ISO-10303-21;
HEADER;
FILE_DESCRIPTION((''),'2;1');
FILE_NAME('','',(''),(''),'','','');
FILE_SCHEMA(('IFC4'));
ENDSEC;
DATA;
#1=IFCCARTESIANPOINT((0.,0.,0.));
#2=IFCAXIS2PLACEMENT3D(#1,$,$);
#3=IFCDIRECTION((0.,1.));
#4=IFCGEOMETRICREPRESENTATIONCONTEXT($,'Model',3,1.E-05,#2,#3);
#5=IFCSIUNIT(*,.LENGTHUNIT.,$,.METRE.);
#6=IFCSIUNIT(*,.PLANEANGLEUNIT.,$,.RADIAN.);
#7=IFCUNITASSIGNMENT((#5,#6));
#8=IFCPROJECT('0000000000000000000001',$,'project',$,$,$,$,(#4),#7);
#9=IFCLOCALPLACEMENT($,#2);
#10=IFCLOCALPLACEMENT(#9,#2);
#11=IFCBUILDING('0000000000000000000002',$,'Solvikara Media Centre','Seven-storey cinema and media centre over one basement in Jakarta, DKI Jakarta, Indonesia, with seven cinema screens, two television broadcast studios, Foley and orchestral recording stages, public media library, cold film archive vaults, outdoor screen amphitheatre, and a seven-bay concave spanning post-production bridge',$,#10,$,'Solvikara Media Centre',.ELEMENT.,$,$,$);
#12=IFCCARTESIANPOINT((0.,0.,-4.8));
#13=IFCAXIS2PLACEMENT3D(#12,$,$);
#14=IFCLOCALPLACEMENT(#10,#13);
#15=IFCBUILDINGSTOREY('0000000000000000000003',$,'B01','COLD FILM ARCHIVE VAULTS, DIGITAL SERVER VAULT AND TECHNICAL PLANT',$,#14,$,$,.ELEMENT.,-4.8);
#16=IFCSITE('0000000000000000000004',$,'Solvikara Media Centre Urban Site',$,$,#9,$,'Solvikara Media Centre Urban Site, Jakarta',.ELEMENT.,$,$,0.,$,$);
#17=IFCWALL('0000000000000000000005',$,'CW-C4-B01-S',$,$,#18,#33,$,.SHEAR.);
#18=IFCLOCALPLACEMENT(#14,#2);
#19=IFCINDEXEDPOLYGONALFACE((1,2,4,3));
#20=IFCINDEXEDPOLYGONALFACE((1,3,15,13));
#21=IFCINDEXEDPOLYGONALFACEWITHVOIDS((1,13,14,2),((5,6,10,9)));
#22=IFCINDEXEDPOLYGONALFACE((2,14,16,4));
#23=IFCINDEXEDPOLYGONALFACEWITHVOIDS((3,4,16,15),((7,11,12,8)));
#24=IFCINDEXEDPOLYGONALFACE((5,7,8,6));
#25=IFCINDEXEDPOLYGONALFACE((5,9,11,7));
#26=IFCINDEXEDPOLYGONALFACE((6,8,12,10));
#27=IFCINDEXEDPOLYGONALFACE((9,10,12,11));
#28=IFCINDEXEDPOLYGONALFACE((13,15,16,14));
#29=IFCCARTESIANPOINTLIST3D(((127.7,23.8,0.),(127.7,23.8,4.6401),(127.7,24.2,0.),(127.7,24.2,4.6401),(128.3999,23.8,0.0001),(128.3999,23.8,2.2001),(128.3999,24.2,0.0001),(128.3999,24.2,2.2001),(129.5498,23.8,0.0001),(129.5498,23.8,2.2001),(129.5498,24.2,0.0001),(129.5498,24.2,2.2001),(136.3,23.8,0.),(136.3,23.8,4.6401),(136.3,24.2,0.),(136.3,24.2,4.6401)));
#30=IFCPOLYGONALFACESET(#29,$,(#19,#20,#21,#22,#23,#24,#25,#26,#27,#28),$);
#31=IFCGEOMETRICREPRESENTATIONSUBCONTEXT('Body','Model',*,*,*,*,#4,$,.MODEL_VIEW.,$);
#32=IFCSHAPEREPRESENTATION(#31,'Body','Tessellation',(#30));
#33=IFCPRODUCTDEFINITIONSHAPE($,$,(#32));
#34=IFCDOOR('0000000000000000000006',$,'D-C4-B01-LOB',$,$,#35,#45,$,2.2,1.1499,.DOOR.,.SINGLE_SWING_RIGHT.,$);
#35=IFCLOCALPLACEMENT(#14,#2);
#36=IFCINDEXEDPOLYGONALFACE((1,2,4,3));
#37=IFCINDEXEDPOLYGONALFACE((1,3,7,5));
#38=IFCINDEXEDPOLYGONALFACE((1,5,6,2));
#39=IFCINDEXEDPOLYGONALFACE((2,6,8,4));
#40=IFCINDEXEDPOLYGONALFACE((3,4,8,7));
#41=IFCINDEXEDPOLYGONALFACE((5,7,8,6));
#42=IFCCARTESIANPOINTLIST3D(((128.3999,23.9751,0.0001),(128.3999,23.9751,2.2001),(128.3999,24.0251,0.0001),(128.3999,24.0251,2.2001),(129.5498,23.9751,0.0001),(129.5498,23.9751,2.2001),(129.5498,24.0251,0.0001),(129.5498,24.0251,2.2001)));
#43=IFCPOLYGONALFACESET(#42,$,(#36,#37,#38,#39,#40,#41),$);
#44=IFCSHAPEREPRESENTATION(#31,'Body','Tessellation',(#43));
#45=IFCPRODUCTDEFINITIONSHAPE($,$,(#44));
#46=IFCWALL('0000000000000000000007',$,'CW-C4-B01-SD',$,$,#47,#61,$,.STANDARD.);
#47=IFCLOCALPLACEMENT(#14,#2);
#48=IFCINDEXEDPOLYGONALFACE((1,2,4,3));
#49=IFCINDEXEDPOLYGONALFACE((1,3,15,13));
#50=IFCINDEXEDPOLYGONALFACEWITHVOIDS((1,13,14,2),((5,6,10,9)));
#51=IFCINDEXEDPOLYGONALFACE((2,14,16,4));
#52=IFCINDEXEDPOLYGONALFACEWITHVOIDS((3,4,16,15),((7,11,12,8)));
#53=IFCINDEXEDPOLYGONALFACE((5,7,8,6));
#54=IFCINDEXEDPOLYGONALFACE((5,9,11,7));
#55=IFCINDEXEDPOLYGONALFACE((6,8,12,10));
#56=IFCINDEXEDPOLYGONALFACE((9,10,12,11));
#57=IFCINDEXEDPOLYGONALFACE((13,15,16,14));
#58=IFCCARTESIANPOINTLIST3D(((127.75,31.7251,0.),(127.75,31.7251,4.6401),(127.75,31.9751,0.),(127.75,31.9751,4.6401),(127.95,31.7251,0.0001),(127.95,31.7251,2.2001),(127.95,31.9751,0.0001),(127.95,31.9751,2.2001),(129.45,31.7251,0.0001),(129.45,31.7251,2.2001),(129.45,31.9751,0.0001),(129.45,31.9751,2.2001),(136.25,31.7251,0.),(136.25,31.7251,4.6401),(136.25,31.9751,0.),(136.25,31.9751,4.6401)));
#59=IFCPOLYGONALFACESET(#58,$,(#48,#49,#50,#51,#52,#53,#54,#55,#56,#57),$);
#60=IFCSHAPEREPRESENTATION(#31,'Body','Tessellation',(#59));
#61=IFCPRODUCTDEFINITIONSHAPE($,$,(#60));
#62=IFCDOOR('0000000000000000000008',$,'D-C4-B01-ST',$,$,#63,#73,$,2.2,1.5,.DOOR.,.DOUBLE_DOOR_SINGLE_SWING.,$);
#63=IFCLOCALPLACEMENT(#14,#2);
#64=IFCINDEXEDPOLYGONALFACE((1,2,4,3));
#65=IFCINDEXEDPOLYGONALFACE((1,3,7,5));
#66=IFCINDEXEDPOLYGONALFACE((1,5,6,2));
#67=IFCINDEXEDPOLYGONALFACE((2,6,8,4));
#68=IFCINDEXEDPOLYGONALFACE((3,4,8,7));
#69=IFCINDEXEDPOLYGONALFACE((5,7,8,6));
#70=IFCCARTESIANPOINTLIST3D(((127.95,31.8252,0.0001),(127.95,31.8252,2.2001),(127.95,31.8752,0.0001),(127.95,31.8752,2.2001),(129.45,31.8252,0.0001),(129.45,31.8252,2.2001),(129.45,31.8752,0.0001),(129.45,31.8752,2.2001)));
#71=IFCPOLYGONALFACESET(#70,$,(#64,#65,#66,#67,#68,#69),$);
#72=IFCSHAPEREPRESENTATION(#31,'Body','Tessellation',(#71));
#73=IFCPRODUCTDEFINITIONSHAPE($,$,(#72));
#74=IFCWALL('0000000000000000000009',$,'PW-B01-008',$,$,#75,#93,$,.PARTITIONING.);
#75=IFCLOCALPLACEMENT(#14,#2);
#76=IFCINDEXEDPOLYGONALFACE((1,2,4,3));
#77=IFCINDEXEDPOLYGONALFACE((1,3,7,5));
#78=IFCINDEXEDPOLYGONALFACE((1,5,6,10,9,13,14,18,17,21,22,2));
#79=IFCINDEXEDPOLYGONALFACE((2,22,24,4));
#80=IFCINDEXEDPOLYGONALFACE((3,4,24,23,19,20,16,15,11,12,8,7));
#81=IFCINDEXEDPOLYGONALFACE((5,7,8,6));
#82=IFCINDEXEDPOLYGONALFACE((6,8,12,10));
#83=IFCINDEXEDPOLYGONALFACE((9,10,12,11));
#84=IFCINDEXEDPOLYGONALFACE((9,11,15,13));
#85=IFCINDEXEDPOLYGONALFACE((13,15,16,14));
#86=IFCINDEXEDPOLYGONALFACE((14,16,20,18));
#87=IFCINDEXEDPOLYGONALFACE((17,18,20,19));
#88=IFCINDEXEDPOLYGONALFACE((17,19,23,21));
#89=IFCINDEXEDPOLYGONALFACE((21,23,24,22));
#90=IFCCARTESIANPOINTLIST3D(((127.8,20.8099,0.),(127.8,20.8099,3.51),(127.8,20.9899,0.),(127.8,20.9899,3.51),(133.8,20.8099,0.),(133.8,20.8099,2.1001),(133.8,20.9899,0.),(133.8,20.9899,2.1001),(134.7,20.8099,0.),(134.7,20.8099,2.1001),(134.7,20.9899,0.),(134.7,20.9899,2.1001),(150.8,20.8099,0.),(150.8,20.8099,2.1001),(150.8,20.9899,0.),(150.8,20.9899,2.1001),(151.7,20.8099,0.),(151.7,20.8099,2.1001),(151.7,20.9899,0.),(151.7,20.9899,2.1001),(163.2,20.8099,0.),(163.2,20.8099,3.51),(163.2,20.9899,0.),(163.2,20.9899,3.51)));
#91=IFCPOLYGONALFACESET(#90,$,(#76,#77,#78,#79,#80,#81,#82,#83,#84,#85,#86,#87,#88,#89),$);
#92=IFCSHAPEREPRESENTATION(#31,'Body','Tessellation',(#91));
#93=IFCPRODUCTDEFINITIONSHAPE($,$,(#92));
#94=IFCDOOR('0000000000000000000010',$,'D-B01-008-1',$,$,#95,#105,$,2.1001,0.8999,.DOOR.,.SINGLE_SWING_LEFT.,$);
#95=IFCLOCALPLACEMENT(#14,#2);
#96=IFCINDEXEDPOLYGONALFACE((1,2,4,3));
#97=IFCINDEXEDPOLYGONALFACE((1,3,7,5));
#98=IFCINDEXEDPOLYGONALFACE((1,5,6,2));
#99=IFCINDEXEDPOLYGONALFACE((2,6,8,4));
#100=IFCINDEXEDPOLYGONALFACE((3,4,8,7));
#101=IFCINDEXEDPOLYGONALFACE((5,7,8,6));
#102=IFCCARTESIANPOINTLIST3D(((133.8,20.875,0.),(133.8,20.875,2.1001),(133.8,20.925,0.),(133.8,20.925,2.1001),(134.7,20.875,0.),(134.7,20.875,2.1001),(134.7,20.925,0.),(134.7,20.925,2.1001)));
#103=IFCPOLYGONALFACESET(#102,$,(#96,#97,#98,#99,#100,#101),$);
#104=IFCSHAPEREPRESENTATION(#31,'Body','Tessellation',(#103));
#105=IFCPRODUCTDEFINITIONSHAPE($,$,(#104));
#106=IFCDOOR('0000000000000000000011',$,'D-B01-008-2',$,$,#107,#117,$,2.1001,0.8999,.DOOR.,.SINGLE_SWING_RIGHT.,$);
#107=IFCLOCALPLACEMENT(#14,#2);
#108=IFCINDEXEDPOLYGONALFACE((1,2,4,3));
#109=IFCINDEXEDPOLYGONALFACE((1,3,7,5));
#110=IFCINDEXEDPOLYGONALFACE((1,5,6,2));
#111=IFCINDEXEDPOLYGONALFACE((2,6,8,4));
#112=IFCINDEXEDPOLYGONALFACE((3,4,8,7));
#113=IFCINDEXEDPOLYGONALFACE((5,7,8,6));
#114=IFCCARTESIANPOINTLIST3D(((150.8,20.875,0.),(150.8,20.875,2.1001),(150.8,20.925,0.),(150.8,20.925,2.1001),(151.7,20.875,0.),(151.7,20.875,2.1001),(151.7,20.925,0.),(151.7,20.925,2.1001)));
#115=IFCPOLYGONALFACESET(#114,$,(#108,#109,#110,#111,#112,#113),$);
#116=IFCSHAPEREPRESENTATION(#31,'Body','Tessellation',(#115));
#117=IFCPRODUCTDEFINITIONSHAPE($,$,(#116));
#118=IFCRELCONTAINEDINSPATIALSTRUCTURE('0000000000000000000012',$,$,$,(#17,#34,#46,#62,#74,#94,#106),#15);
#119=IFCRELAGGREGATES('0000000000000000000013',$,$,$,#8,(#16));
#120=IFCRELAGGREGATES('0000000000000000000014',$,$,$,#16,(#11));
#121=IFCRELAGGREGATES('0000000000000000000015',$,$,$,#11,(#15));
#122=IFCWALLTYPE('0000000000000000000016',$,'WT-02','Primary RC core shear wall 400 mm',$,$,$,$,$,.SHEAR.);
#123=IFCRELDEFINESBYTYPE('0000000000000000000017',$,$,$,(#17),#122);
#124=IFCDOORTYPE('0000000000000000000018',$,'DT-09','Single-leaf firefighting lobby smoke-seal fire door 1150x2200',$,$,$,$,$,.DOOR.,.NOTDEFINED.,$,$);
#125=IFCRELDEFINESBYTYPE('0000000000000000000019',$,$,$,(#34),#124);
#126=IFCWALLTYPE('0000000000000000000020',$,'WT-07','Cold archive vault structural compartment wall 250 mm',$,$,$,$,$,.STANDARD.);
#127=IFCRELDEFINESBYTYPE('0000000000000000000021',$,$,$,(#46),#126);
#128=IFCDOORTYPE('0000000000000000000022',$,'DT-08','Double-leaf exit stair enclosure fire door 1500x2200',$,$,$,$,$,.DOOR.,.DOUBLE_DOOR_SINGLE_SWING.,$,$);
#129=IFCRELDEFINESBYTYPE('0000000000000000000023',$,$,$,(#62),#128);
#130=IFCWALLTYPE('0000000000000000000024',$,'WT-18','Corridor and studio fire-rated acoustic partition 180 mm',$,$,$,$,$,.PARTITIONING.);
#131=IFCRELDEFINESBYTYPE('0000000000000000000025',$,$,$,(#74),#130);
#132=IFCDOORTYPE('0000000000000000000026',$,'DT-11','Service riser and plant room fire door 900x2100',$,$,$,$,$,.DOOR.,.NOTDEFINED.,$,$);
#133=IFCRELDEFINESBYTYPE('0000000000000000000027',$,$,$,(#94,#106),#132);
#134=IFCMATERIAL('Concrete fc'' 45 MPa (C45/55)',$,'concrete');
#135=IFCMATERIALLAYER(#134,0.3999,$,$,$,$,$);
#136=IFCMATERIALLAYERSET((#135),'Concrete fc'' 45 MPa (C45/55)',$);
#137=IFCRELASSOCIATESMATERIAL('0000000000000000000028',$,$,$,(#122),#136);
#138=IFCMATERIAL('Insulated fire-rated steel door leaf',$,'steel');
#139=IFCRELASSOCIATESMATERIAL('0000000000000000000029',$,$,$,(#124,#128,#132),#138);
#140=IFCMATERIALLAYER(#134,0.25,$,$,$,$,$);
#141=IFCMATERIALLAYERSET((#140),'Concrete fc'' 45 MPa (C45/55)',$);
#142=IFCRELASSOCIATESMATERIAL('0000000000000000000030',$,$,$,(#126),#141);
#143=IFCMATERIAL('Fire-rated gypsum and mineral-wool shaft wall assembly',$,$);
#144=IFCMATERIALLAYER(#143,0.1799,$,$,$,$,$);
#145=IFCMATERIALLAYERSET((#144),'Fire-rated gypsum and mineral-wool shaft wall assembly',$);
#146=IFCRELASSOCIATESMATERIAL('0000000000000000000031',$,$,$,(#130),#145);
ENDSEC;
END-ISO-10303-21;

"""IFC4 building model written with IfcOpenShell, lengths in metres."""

from ifc_helpers import new_model, si_unit, direction, frame, frame_2d, origin, place, context, subcontext, project, spatial, rectangle, extrude, material, layer, layer_set, type_object, element, fill, save


model = new_model("IFC4")

# Units and contexts
model_context = context("Model", 3, precision=1e-05, world=origin(), true_north=direction((0.0, 1.0)))
body_context = subcontext(model_context, "Body", "Model", "MODEL_VIEW")
ifc_project = project(units=[si_unit("LENGTHUNIT", "METRE"), si_unit("PLANEANGLEUNIT", "RADIAN")], contexts=[model_context])

# Site, building, storey
site_placement = place(None, origin())
site = spatial("IfcSite", under=ifc_project, at=site_placement, Name="Solvikara Media Centre Urban Site", LongName="Solvikara Media Centre Urban Site, Jakarta", CompositionType="ELEMENT", RefElevation=0.0)
building_placement = place(site_placement, origin())
building = spatial("IfcBuilding", under=site, at=building_placement, Name="Solvikara Media Centre", Description="Seven-storey cinema and media centre over one basement in Jakarta, DKI Jakarta, Indonesia, with seven cinema screens, two television broadcast studios, Foley and orchestral recording stages, public media library, cold film archive vaults, outdoor screen amphitheatre, and a seven-bay concave spanning post-production bridge", LongName="Solvikara Media Centre", CompositionType="ELEMENT")
storey_placement = place(building_placement, frame((0.0, 0.0, -4.8)))
storey = spatial("IfcBuildingStorey", under=building, at=storey_placement, Name="B01", Description="COLD FILM ARCHIVE VAULTS, DIGITAL SERVER VAULT AND TECHNICAL PLANT", CompositionType="ELEMENT", Elevation=-4.8)

# Shared definitions
ifc_material_1 = material(Name="Concrete fc' 45 MPa (C45/55)", Category="concrete")

# Shared definitions
ifc_layer_1 = layer(ifc_material_1, 0.3999)
ifc_layer_set_1 = layer_set([ifc_layer_1], Name="Concrete fc' 45 MPa (C45/55)")
wall_type_1 = type_object("IfcWallType", Name="WT-02", Description="Primary RC core shear wall 400 mm", PredefinedType="SHEAR", material=ifc_layer_set_1)

# Walls, openings, doors
wall_1_placement = place(storey_placement, frame((127.7, 24.0, 0.0), z_axis=(0.0, 0.0, 1.0), x_axis=(1.0, 0.0, 0.0)))
wall_1 = element("IfcWall", 1, at=wall_1_placement, inside=storey, type_object=wall_type_1, Name="CW-C4-B01-S", PredefinedType="SHEAR", context=body_context, shape_type="SweptSolid", body=[
    extrude(rectangle(XDim=8.6001, YDim=0.3999, at=frame_2d((4.3, 0.0))), origin(), (0.0, 0.0, 1.0), 4.6401),
])
opening_1_placement = place(wall_1_placement, frame((0.7, 0.0, 0.0)))
opening_1 = element("IfcOpeningElement", 2, at=opening_1_placement, cuts=wall_1, PredefinedType="OPENING", context=body_context, shape_type="SweptSolid", body=[
    extrude(rectangle(XDim=1.1499, YDim=2.2, at=frame_2d((0.575, 1.1001))), frame((0.0, 0.2119, 0.0), z_axis=(0.0, -1.0, 0.0), x_axis=(1.0, 0.0, 0.0)), (0.0, 0.0, 1.0), 0.4238),
])
ifc_material_2 = material(Name="Insulated fire-rated steel door leaf", Category="steel")
door_type_1 = type_object("IfcDoorType", Name="DT-09", Description="Single-leaf firefighting lobby smoke-seal fire door 1150x2200", OperationType="NOTDEFINED", PredefinedType="DOOR", material=ifc_material_2)
door_1_placement = place(opening_1_placement, frame((1.1499, 0.0, 0.0), z_axis=(0.0, 0.0, 1.0), x_axis=(-1.0, 0.0, 0.0)))
door_1 = element("IfcDoor", 3, at=door_1_placement, inside=storey, type_object=door_type_1, Name="D-C4-B01-LOB", OperationType="SINGLE_SWING_RIGHT", OverallHeight=2.2, OverallWidth=1.1499, PredefinedType="DOOR", context=body_context, shape_type="SweptSolid", body=[
    extrude(rectangle(XDim=1.1499, YDim=2.2, at=frame_2d((0.575, 1.1001))), frame((0.0, 0.0249, 0.0), z_axis=(0.0, -1.0, 0.0), x_axis=(1.0, 0.0, 0.0)), (0.0, 0.0, 1.0), 0.05),
])
fill(opening_1, door_1)
ifc_layer_2 = layer(ifc_material_1, 0.25)
ifc_layer_set_2 = layer_set([ifc_layer_2], Name="Concrete fc' 45 MPa (C45/55)")
wall_type_2 = type_object("IfcWallType", Name="WT-07", Description="Cold archive vault structural compartment wall 250 mm", PredefinedType="STANDARD", material=ifc_layer_set_2)
wall_2_placement = place(storey_placement, frame((127.75, 31.8501, 0.0), z_axis=(0.0, 0.0, 1.0), x_axis=(1.0, 0.0, 0.0)))
wall_2 = element("IfcWall", 4, at=wall_2_placement, inside=storey, type_object=wall_type_2, Name="CW-C4-B01-SD", PredefinedType="STANDARD", context=body_context, shape_type="SweptSolid", body=[
    extrude(rectangle(XDim=8.5, YDim=0.25, at=frame_2d((4.25, 0.0))), origin(), (0.0, 0.0, 1.0), 4.6401),
])
opening_2_placement = place(wall_2_placement, frame((0.2, 0.0, 0.0)))
opening_2 = element("IfcOpeningElement", 5, at=opening_2_placement, cuts=wall_2, PredefinedType="OPENING", context=body_context, shape_type="SweptSolid", body=[
    extrude(rectangle(XDim=1.5, YDim=2.2, at=frame_2d((0.75, 1.1001))), frame((0.0, 0.137, 0.0), z_axis=(0.0, -1.0, 0.0), x_axis=(1.0, 0.0, 0.0)), (0.0, 0.0, 1.0), 0.2739),
])
door_type_2 = type_object("IfcDoorType", Name="DT-08", Description="Double-leaf exit stair enclosure fire door 1500x2200", OperationType="DOUBLE_DOOR_SINGLE_SWING", PredefinedType="DOOR", material=ifc_material_2)
door_2_placement = place(opening_2_placement, frame((1.5, 0.0, 0.0), z_axis=(0.0, 0.0, 1.0), x_axis=(-1.0, 0.0, 0.0)))
door_2 = element("IfcDoor", 6, at=door_2_placement, inside=storey, type_object=door_type_2, Name="D-C4-B01-ST", OperationType="DOUBLE_DOOR_SINGLE_SWING", OverallHeight=2.2, OverallWidth=1.5, PredefinedType="DOOR", context=body_context, shape_type="SweptSolid", body=[
    extrude(rectangle(XDim=1.5, YDim=2.2, at=frame_2d((0.75, 1.1001))), frame((0.0, 0.0249, 0.0), z_axis=(0.0, -1.0, 0.0), x_axis=(1.0, 0.0, 0.0)), (0.0, 0.0, 1.0), 0.05),
])
fill(opening_2, door_2)

# Wall, openings, doors
ifc_material_3 = material(Name="Fire-rated gypsum and mineral-wool shaft wall assembly")
ifc_layer_3 = layer(ifc_material_3, 0.1799)
ifc_layer_set_3 = layer_set([ifc_layer_3], Name="Fire-rated gypsum and mineral-wool shaft wall assembly")
wall_type_3 = type_object("IfcWallType", Name="WT-18", Description="Corridor and studio fire-rated acoustic partition 180 mm", PredefinedType="PARTITIONING", material=ifc_layer_set_3)
wall_3_placement = place(storey_placement, frame((127.8, 20.8999, 0.0), z_axis=(0.0, 0.0, 1.0), x_axis=(1.0, 0.0, 0.0)))
wall_3 = element("IfcWall", 7, at=wall_3_placement, inside=storey, type_object=wall_type_3, Name="PW-B01-008", PredefinedType="PARTITIONING", context=body_context, shape_type="SweptSolid", body=[
    extrude(rectangle(XDim=35.3999, YDim=0.1799, at=frame_2d((17.7, 0.0))), origin(), (0.0, 0.0, 1.0), 3.51),
])
opening_3_placement = place(wall_3_placement, frame((6.0, 0.0, 0.0)))
opening_3 = element("IfcOpeningElement", 8, at=opening_3_placement, cuts=wall_3, PredefinedType="OPENING", context=body_context, shape_type="SweptSolid", body=[
    extrude(rectangle(XDim=0.8999, YDim=2.1001, at=frame_2d((0.45, 1.05))), frame((0.0, 0.1021, 0.0), z_axis=(0.0, -1.0, 0.0), x_axis=(1.0, 0.0, 0.0)), (0.0, 0.0, 1.0), 0.2039),
])
opening_4_placement = place(wall_3_placement, frame((23.0, 0.0, 0.0)))
opening_4 = element("IfcOpeningElement", 9, at=opening_4_placement, cuts=wall_3, PredefinedType="OPENING", context=body_context, shape_type="SweptSolid", body=[
    extrude(rectangle(XDim=0.8999, YDim=2.1001, at=frame_2d((0.45, 1.05))), frame((0.0, 0.1021, 0.0), z_axis=(0.0, -1.0, 0.0), x_axis=(1.0, 0.0, 0.0)), (0.0, 0.0, 1.0), 0.2039),
])
door_type_3 = type_object("IfcDoorType", Name="DT-11", Description="Service riser and plant room fire door 900x2100", OperationType="NOTDEFINED", PredefinedType="DOOR", material=ifc_material_2)
door_3_placement = place(opening_3_placement, frame((0.8999, 0.0, 0.0), z_axis=(0.0, 0.0, 1.0), x_axis=(-1.0, 0.0, 0.0)))
door_3 = element("IfcDoor", 10, at=door_3_placement, inside=storey, type_object=door_type_3, Name="D-B01-008-1", OperationType="SINGLE_SWING_LEFT", OverallHeight=2.1001, OverallWidth=0.8999, PredefinedType="DOOR", context=body_context, shape_type="SweptSolid", body=[
    extrude(rectangle(XDim=0.8999, YDim=2.1001, at=frame_2d((0.45, 1.05))), frame((0.0, 0.0249, 0.0), z_axis=(0.0, -1.0, 0.0), x_axis=(1.0, 0.0, 0.0)), (0.0, 0.0, 1.0), 0.05),
])
fill(opening_3, door_3)
door_4_placement = place(opening_4_placement, frame((0.8999, 0.0, 0.0), z_axis=(0.0, 0.0, 1.0), x_axis=(-1.0, 0.0, 0.0)))
door_4 = element("IfcDoor", 11, at=door_4_placement, inside=storey, type_object=door_type_3, Name="D-B01-008-2", OperationType="SINGLE_SWING_RIGHT", OverallHeight=2.1001, OverallWidth=0.8999, PredefinedType="DOOR", context=body_context, shape_type="SweptSolid", body=[
    extrude(rectangle(XDim=0.8999, YDim=2.1001, at=frame_2d((0.45, 1.05))), frame((0.0, 0.0249, 0.0), z_axis=(0.0, -1.0, 0.0), x_axis=(1.0, 0.0, 0.0)), (0.0, 0.0, 1.0), 0.05),
])
fill(opening_4, door_4)

save(model, "model.ifc")
